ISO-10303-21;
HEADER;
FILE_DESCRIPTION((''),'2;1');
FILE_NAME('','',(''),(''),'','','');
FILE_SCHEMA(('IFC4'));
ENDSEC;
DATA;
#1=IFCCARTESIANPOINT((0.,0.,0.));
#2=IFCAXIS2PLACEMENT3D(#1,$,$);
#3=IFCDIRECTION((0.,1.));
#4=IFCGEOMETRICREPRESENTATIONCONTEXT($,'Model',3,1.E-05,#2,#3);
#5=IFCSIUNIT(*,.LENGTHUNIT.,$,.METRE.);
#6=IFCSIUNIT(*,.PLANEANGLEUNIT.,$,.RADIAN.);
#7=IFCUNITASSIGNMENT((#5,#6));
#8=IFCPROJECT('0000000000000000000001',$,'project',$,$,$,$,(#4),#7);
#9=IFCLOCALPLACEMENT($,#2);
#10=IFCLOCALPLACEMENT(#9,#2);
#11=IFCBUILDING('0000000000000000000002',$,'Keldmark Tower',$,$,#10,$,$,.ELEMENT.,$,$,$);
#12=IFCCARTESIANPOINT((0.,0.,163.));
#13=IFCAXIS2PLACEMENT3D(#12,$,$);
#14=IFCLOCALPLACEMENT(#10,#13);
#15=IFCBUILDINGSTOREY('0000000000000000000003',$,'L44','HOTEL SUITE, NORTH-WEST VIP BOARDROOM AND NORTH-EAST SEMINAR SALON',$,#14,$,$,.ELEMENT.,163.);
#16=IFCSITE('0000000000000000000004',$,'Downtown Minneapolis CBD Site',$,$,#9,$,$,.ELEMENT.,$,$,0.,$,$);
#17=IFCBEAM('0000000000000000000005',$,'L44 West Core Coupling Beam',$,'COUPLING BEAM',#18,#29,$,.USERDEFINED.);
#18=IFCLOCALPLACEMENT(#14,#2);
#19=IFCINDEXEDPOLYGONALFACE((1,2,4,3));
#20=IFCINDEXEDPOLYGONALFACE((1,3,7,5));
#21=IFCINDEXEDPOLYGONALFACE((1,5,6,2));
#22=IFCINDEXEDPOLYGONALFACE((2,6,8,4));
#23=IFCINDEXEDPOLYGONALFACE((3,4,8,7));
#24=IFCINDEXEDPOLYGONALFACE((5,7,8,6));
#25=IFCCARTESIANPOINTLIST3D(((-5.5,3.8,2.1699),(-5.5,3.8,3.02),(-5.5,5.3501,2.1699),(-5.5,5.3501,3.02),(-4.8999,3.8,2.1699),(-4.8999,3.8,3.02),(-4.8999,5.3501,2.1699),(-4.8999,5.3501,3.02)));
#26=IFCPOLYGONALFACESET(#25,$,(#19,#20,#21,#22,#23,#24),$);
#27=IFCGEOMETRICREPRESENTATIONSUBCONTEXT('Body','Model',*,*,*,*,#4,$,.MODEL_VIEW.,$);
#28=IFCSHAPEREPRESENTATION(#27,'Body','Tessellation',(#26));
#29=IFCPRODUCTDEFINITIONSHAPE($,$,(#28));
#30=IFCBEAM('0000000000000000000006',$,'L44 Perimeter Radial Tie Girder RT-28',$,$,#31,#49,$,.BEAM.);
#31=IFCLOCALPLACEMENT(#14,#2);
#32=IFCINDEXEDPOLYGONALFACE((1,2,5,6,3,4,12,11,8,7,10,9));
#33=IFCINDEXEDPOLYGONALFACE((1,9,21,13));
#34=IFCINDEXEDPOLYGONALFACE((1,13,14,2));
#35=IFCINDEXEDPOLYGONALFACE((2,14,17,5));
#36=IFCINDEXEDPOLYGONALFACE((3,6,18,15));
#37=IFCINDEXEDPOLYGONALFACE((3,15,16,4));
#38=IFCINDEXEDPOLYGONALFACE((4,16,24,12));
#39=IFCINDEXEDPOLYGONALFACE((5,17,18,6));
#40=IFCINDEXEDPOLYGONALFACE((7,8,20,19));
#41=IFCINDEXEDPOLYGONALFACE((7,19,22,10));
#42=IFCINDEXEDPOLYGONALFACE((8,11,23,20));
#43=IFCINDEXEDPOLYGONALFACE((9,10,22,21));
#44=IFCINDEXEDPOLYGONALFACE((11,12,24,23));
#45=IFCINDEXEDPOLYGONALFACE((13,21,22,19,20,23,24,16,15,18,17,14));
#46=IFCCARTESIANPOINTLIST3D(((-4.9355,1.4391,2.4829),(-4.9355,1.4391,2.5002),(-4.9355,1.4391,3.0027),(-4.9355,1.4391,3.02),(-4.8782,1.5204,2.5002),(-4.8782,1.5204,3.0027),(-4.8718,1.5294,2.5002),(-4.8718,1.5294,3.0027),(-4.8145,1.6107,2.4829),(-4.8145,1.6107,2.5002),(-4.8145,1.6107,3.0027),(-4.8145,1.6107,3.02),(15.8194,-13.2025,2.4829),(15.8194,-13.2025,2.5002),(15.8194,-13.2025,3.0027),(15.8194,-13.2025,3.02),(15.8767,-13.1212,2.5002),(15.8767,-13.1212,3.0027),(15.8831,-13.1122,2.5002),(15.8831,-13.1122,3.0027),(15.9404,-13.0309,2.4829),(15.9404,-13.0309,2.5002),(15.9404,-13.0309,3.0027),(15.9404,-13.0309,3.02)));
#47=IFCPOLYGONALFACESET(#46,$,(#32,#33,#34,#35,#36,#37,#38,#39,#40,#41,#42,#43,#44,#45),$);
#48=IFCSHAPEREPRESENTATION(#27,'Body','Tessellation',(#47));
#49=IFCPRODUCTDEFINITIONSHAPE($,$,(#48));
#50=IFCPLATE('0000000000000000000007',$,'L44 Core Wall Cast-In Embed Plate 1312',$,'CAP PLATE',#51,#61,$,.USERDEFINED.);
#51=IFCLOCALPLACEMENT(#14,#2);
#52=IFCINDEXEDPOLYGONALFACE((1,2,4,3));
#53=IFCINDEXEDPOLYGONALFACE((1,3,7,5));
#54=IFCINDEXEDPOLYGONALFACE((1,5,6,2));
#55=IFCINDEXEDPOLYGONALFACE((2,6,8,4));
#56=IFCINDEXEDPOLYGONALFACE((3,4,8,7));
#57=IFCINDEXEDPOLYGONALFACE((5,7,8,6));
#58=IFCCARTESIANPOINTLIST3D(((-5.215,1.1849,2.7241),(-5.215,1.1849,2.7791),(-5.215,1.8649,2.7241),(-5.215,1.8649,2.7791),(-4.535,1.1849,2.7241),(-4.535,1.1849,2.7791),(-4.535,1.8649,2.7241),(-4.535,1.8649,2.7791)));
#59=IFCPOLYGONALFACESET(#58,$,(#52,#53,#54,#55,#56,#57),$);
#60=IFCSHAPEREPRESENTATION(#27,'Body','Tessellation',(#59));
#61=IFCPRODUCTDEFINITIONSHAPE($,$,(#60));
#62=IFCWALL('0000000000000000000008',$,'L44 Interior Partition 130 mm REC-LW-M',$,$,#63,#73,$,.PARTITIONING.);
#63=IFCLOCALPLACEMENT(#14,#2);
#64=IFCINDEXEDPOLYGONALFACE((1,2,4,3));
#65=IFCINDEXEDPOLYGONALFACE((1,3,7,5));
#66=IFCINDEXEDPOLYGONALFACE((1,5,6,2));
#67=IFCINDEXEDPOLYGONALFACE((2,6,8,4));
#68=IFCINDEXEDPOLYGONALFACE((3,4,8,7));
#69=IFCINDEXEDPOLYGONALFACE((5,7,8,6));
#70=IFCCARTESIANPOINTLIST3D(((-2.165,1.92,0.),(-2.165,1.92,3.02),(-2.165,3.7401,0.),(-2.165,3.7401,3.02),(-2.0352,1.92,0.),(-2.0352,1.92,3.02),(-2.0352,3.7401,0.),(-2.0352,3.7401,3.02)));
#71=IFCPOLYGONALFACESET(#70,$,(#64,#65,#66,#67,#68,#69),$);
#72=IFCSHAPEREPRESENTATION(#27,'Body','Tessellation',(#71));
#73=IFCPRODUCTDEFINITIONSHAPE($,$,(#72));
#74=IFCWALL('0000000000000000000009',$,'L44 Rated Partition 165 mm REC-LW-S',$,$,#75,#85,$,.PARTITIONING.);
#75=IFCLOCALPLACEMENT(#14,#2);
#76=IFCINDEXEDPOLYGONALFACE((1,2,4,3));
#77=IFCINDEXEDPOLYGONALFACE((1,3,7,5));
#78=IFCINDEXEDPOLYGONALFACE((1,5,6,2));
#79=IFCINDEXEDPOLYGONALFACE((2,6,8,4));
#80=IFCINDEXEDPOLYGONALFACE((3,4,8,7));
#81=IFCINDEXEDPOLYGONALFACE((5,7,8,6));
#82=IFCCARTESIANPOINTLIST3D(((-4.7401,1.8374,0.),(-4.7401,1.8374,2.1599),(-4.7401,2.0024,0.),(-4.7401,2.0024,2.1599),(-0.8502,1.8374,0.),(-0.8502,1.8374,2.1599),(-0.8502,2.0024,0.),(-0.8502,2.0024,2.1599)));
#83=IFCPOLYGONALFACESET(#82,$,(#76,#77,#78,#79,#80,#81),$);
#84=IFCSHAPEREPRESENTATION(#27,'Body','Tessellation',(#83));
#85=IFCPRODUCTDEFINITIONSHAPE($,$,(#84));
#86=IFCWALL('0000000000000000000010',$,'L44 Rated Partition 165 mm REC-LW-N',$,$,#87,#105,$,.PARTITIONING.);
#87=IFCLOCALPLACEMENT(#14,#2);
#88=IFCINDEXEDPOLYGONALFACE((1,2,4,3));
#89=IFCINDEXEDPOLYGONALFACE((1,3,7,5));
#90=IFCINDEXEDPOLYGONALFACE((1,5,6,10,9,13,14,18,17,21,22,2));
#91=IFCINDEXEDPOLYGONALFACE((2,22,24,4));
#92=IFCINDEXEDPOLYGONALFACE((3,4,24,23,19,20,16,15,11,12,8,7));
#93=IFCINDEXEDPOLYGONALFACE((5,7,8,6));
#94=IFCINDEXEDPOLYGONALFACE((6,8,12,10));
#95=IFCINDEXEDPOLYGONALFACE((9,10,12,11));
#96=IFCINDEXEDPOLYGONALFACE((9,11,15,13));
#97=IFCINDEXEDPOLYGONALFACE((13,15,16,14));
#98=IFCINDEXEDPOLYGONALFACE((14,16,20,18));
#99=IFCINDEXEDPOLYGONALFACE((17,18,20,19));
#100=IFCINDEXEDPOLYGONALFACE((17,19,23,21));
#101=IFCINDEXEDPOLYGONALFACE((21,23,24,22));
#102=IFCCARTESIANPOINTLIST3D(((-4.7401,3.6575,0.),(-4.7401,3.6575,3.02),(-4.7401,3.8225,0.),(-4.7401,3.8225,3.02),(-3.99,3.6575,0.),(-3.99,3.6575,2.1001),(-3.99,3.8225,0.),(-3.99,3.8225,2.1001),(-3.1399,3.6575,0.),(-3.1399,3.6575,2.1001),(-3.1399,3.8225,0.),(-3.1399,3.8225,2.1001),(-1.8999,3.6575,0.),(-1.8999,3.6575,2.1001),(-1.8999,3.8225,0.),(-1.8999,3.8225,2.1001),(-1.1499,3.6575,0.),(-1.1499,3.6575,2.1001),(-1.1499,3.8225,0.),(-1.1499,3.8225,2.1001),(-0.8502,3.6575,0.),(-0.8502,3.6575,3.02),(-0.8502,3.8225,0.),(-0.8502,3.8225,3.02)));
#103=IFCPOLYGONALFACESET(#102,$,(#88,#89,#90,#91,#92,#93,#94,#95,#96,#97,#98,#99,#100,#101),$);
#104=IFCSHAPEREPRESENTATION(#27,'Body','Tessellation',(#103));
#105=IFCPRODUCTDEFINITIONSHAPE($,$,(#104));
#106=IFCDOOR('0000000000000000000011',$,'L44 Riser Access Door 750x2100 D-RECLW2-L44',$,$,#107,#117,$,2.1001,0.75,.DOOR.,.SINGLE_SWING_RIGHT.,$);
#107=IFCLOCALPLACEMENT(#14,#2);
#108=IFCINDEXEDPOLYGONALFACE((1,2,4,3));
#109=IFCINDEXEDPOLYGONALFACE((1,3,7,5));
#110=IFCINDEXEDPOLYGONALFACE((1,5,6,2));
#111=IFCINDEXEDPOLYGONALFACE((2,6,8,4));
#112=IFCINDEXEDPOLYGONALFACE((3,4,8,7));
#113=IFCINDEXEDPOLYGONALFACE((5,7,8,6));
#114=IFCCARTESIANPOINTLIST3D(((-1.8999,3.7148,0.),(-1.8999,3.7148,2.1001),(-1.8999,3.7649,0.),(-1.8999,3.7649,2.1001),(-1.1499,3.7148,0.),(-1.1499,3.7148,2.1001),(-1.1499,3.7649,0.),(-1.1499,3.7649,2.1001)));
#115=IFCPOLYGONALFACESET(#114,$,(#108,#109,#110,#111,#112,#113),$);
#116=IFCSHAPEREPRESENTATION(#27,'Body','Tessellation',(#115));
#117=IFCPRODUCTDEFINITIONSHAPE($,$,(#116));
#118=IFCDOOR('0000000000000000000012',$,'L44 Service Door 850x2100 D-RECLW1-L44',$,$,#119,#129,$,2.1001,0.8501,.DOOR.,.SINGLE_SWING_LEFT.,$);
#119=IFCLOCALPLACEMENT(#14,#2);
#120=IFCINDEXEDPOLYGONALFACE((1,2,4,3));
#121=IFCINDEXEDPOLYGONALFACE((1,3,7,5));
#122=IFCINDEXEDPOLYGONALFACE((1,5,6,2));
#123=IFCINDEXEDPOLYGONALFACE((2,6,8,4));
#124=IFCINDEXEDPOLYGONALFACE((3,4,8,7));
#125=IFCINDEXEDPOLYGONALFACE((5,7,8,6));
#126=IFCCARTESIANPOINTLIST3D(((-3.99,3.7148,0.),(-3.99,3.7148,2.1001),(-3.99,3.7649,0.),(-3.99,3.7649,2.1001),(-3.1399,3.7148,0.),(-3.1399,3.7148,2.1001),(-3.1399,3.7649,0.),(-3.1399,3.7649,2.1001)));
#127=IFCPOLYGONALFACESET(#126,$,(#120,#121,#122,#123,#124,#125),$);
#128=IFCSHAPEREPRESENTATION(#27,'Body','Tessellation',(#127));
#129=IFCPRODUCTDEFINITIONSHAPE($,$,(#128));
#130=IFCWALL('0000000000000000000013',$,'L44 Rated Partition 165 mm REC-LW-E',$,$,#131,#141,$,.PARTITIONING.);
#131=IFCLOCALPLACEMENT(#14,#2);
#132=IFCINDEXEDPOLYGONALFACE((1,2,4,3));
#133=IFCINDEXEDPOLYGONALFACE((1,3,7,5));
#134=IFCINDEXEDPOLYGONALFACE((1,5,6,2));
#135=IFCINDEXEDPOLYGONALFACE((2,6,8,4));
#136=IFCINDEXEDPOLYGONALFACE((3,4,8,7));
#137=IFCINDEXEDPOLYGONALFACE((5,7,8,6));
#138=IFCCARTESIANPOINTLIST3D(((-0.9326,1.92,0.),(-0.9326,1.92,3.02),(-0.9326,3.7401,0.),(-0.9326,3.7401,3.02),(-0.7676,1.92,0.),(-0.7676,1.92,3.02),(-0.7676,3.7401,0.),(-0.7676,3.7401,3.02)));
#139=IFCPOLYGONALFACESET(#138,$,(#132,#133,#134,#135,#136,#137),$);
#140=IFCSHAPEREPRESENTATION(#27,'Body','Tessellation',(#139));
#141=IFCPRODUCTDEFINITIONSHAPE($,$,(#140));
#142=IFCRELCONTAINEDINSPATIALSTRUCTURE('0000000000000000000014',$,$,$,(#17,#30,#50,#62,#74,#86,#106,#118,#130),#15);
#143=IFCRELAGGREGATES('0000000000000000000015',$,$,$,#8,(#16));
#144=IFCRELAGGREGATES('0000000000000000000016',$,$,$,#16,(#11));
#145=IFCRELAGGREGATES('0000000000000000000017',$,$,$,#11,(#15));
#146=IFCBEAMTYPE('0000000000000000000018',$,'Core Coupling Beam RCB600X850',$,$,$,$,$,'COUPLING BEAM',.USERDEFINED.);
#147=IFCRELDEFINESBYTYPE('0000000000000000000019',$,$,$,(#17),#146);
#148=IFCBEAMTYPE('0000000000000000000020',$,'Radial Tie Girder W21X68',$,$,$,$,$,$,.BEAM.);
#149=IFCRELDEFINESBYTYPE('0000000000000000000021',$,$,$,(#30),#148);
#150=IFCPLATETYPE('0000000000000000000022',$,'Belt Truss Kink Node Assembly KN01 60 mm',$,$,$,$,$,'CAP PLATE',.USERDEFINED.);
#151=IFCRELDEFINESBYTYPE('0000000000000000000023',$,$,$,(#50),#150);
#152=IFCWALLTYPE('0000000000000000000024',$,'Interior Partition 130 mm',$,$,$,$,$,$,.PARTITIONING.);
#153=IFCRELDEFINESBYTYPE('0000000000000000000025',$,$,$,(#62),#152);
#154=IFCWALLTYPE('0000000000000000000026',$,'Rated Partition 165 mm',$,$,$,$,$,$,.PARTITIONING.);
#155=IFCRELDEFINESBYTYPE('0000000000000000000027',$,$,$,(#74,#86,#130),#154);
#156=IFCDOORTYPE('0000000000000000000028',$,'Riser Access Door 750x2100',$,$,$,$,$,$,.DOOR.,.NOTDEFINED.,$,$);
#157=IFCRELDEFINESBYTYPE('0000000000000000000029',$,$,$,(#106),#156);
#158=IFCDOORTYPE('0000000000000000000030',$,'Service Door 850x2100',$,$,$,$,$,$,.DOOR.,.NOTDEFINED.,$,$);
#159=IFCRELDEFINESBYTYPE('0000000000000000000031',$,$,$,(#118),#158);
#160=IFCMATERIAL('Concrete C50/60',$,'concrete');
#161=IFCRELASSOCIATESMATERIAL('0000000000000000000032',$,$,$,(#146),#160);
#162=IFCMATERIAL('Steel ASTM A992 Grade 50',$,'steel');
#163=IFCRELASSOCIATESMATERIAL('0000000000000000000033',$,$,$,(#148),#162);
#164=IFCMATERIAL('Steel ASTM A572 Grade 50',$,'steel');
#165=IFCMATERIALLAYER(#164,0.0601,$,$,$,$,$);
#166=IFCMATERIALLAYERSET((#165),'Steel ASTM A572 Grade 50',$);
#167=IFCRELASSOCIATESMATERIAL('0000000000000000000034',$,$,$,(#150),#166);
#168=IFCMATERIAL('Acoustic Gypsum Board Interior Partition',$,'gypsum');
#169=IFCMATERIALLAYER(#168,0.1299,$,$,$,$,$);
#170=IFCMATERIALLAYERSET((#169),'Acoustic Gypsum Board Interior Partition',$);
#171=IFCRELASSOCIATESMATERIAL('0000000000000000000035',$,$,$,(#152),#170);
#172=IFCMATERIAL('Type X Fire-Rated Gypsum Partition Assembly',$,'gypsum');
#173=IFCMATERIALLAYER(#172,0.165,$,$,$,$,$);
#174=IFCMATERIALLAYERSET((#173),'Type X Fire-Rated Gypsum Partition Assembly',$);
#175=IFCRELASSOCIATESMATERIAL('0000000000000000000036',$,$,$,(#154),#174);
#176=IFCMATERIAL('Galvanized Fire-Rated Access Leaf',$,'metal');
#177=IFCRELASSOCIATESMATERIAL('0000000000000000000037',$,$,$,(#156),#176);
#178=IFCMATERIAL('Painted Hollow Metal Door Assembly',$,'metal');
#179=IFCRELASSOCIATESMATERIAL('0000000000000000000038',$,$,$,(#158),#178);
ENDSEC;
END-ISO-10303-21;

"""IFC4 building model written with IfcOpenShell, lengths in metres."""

from ifc_helpers import new_model, si_unit, direction, frame, frame_2d, origin, origin_2d, place, context, subcontext, project, spatial, rectangle, i_section, extrude, material, layer, layer_set, material_profile, profile_set, type_object, element, fill, save


model = new_model("IFC4")

# Units and contexts
model_context = context("Model", 3, precision=1e-05, world=origin(), true_north=direction((0.0, 1.0)))
body_context = subcontext(model_context, "Body", "Model", "MODEL_VIEW")
ifc_project = project(units=[si_unit("LENGTHUNIT", "METRE"), si_unit("PLANEANGLEUNIT", "RADIAN")], contexts=[model_context])

# Site, building, storey
site_placement = place(None, origin())
site = spatial("IfcSite", under=ifc_project, at=site_placement, Name="Downtown Minneapolis CBD Site", CompositionType="ELEMENT", RefElevation=0.0)
building_placement = place(site_placement, origin())
building = spatial("IfcBuilding", under=site, at=building_placement, Name="Keldmark Tower", CompositionType="ELEMENT")
storey_placement = place(building_placement, frame((0.0, 0.0, 163.0)))
storey = spatial("IfcBuildingStorey", under=building, at=storey_placement, Name="L44", Description="HOTEL SUITE, NORTH-WEST VIP BOARDROOM AND NORTH-EAST SEMINAR SALON", CompositionType="ELEMENT", Elevation=163.0)

# Beams
ifc_material_1 = material(Name="Concrete C50/60", Category="concrete")
ifc_material_profile_1 = material_profile(ifc_material_1, rectangle(XDim=0.6001, YDim=0.8501, at=origin_2d()), Name="RCB600X850")
ifc_profile_set_1 = profile_set([ifc_material_profile_1], Name="Concrete C50/60")
beam_type_1 = type_object("IfcBeamType", Name="Core Coupling Beam RCB600X850", ElementType="COUPLING BEAM", PredefinedType="USERDEFINED", material=ifc_profile_set_1)
beam_1_placement = place(storey_placement, frame((-5.2, 3.8, 2.595), z_axis=(0.0, 1.0, 0.0), x_axis=(-1.0, 0.0, 0.0)))
element("IfcBeam", 1, at=beam_1_placement, inside=storey, type_object=beam_type_1, Name="L44 West Core Coupling Beam", ObjectType="COUPLING BEAM", PredefinedType="USERDEFINED", context=body_context, shape_type="SweptSolid", body=[
    extrude(rectangle(XDim=0.6001, YDim=0.8501, at=origin_2d()), origin(), (0.0, 0.0, 1.0), 1.55),
])
ifc_material_2 = material(Name="Steel ASTM A992 Grade 50", Category="steel")
ifc_material_profile_2 = material_profile(ifc_material_2, i_section(OverallWidth=0.21, OverallDepth=0.5371, WebThickness=0.011, FlangeThickness=0.0173, at=origin_2d()), Name="W21X68")
ifc_profile_set_2 = profile_set([ifc_material_profile_2], Name="Steel ASTM A992 Grade 50")
beam_type_2 = type_object("IfcBeamType", Name="Radial Tie Girder W21X68", PredefinedType="BEAM", material=ifc_profile_set_2)
beam_2_placement = place(storey_placement, frame((-4.875, 1.5249, 2.7515), z_axis=(0.817133, -0.576449, 0.0), x_axis=(0.576449, 0.817133, 0.0)))
element("IfcBeam", 2, at=beam_2_placement, inside=storey, type_object=beam_type_2, Name="L44 Perimeter Radial Tie Girder RT-28", PredefinedType="BEAM", context=body_context, shape_type="SweptSolid", body=[
    extrude(i_section(OverallWidth=0.21, OverallDepth=0.5371, WebThickness=0.011, FlangeThickness=0.0173, at=origin_2d()), origin(), (0.0, 0.0, 1.0), 25.3997),
])

# Plate
ifc_material_3 = material(Name="Steel ASTM A572 Grade 50", Category="steel")
ifc_layer_1 = layer(ifc_material_3, 0.0601)
ifc_layer_set_1 = layer_set([ifc_layer_1], Name="Steel ASTM A572 Grade 50")
plate_type = type_object("IfcPlateType", Name="Belt Truss Kink Node Assembly KN01 60 mm", ElementType="CAP PLATE", PredefinedType="USERDEFINED", material=ifc_layer_set_1)
plate_placement = place(storey_placement, frame((-4.875, 1.5249, 2.7241), z_axis=(0.0, 0.0, 1.0), x_axis=(1.0, 0.0, 0.0)))
element("IfcPlate", 3, at=plate_placement, inside=storey, type_object=plate_type, Name="L44 Core Wall Cast-In Embed Plate 1312", ObjectType="CAP PLATE", PredefinedType="USERDEFINED", context=body_context, shape_type="SweptSolid", body=[
    extrude(rectangle(XDim=0.6799, YDim=0.6799, at=origin_2d()), origin(), (0.0, 0.0, 1.0), 0.0549),
])

# Walls
ifc_material_4 = material(Name="Acoustic Gypsum Board Interior Partition", Category="gypsum")
ifc_layer_2 = layer(ifc_material_4, 0.1299)
ifc_layer_set_2 = layer_set([ifc_layer_2], Name="Acoustic Gypsum Board Interior Partition")
wall_type_1 = type_object("IfcWallType", Name="Interior Partition 130 mm", PredefinedType="PARTITIONING", material=ifc_layer_set_2)
wall_1_placement = place(storey_placement, frame((-2.1001, 1.9199, 0.0), z_axis=(0.0, 0.0, 1.0), x_axis=(0.0, 1.0, 0.0)))
element("IfcWall", 4, at=wall_1_placement, inside=storey, type_object=wall_type_1, Name="L44 Interior Partition 130 mm REC-LW-M", PredefinedType="PARTITIONING", context=body_context, shape_type="SweptSolid", body=[
    extrude(rectangle(XDim=1.8201, YDim=0.1299, at=frame_2d((0.9102, 0.0))), origin(), (0.0, 0.0, 1.0), 3.02),
])
ifc_material_5 = material(Name="Type X Fire-Rated Gypsum Partition Assembly", Category="gypsum")
ifc_layer_3 = layer(ifc_material_5, 0.165)
ifc_layer_set_3 = layer_set([ifc_layer_3], Name="Type X Fire-Rated Gypsum Partition Assembly")
wall_type_2 = type_object("IfcWallType", Name="Rated Partition 165 mm", PredefinedType="PARTITIONING", material=ifc_layer_set_3)
wall_2_placement = place(storey_placement, frame((-4.74, 1.9199, 0.0), z_axis=(0.0, 0.0, 1.0), x_axis=(1.0, 0.0, 0.0)))
element("IfcWall", 5, at=wall_2_placement, inside=storey, type_object=wall_type_2, Name="L44 Rated Partition 165 mm REC-LW-S", PredefinedType="PARTITIONING", context=body_context, shape_type="SweptSolid", body=[
    extrude(rectangle(XDim=3.8899, YDim=0.165, at=frame_2d((1.9448, 0.0))), origin(), (0.0, 0.0, 1.0), 2.1599),
])

# Wall, openings, doors
wall_3_placement = place(storey_placement, frame((-4.74, 3.74, 0.0), z_axis=(0.0, 0.0, 1.0), x_axis=(1.0, 0.0, 0.0)))
wall_3 = element("IfcWall", 6, at=wall_3_placement, inside=storey, type_object=wall_type_2, Name="L44 Rated Partition 165 mm REC-LW-N", PredefinedType="PARTITIONING", context=body_context, shape_type="SweptSolid", body=[
    extrude(rectangle(XDim=3.8899, YDim=0.165, at=frame_2d((1.9448, 0.0))), origin(), (0.0, 0.0, 1.0), 3.02),
])
opening_1_placement = place(wall_3_placement, frame((0.75, 0.0, 0.0)))
opening_1 = element("IfcOpeningElement", 7, at=opening_1_placement, cuts=wall_3, PredefinedType="OPENING", context=body_context, shape_type="SweptSolid", body=[
    extrude(rectangle(XDim=0.8501, YDim=2.1001, at=frame_2d((0.425, 1.05))), frame((0.0, 0.0925, 0.0), z_axis=(0.0, -1.0, 0.0), x_axis=(1.0, 0.0, 0.0)), (0.0, 0.0, 1.0), 0.1851),
])
opening_2_placement = place(wall_3_placement, frame((2.8401, 0.0, 0.0)))
opening_2 = element("IfcOpeningElement", 8, at=opening_2_placement, cuts=wall_3, PredefinedType="OPENING", context=body_context, shape_type="SweptSolid", body=[
    extrude(rectangle(XDim=0.75, YDim=2.1001, at=frame_2d((0.375, 1.05))), frame((0.0, 0.0925, 0.0), z_axis=(0.0, -1.0, 0.0), x_axis=(1.0, 0.0, 0.0)), (0.0, 0.0, 1.0), 0.1851),
])
ifc_material_6 = material(Name="Galvanized Fire-Rated Access Leaf", Category="metal")
door_type_1 = type_object("IfcDoorType", Name="Riser Access Door 750x2100", OperationType="NOTDEFINED", PredefinedType="DOOR", material=ifc_material_6)
door_1_placement = place(opening_2_placement, origin())
door_1 = element("IfcDoor", 9, at=door_1_placement, inside=storey, type_object=door_type_1, Name="L44 Riser Access Door 750x2100 D-RECLW2-L44", OperationType="SINGLE_SWING_RIGHT", OverallHeight=2.1001, OverallWidth=0.75, PredefinedType="DOOR", context=body_context, shape_type="SweptSolid", body=[
    extrude(rectangle(XDim=0.75, YDim=2.1001, at=frame_2d((0.375, 1.05))), frame((0.0, 0.0249, 0.0), z_axis=(0.0, -1.0, 0.0), x_axis=(1.0, 0.0, 0.0)), (0.0, 0.0, 1.0), 0.05),
])
fill(opening_2, door_1)
ifc_material_7 = material(Name="Painted Hollow Metal Door Assembly", Category="metal")
door_type_2 = type_object("IfcDoorType", Name="Service Door 850x2100", OperationType="NOTDEFINED", PredefinedType="DOOR", material=ifc_material_7)
door_2_placement = place(opening_1_placement, origin())
door_2 = element("IfcDoor", 10, at=door_2_placement, inside=storey, type_object=door_type_2, Name="L44 Service Door 850x2100 D-RECLW1-L44", OperationType="SINGLE_SWING_LEFT", OverallHeight=2.1001, OverallWidth=0.8501, PredefinedType="DOOR", context=body_context, shape_type="SweptSolid", body=[
    extrude(rectangle(XDim=0.8501, YDim=2.1001, at=frame_2d((0.425, 1.05))), frame((0.0, 0.0249, 0.0), z_axis=(0.0, -1.0, 0.0), x_axis=(1.0, 0.0, 0.0)), (0.0, 0.0, 1.0), 0.05),
])
fill(opening_1, door_2)

# Wall
wall_4_placement = place(storey_placement, frame((-0.8501, 1.9199, 0.0), z_axis=(0.0, 0.0, 1.0), x_axis=(0.0, 1.0, 0.0)))
element("IfcWall", 11, at=wall_4_placement, inside=storey, type_object=wall_type_2, Name="L44 Rated Partition 165 mm REC-LW-E", PredefinedType="PARTITIONING", context=body_context, shape_type="SweptSolid", body=[
    extrude(rectangle(XDim=1.8201, YDim=0.165, at=frame_2d((0.9102, 0.0))), origin(), (0.0, 0.0, 1.0), 3.02),
])

save(model, "model.ifc")
